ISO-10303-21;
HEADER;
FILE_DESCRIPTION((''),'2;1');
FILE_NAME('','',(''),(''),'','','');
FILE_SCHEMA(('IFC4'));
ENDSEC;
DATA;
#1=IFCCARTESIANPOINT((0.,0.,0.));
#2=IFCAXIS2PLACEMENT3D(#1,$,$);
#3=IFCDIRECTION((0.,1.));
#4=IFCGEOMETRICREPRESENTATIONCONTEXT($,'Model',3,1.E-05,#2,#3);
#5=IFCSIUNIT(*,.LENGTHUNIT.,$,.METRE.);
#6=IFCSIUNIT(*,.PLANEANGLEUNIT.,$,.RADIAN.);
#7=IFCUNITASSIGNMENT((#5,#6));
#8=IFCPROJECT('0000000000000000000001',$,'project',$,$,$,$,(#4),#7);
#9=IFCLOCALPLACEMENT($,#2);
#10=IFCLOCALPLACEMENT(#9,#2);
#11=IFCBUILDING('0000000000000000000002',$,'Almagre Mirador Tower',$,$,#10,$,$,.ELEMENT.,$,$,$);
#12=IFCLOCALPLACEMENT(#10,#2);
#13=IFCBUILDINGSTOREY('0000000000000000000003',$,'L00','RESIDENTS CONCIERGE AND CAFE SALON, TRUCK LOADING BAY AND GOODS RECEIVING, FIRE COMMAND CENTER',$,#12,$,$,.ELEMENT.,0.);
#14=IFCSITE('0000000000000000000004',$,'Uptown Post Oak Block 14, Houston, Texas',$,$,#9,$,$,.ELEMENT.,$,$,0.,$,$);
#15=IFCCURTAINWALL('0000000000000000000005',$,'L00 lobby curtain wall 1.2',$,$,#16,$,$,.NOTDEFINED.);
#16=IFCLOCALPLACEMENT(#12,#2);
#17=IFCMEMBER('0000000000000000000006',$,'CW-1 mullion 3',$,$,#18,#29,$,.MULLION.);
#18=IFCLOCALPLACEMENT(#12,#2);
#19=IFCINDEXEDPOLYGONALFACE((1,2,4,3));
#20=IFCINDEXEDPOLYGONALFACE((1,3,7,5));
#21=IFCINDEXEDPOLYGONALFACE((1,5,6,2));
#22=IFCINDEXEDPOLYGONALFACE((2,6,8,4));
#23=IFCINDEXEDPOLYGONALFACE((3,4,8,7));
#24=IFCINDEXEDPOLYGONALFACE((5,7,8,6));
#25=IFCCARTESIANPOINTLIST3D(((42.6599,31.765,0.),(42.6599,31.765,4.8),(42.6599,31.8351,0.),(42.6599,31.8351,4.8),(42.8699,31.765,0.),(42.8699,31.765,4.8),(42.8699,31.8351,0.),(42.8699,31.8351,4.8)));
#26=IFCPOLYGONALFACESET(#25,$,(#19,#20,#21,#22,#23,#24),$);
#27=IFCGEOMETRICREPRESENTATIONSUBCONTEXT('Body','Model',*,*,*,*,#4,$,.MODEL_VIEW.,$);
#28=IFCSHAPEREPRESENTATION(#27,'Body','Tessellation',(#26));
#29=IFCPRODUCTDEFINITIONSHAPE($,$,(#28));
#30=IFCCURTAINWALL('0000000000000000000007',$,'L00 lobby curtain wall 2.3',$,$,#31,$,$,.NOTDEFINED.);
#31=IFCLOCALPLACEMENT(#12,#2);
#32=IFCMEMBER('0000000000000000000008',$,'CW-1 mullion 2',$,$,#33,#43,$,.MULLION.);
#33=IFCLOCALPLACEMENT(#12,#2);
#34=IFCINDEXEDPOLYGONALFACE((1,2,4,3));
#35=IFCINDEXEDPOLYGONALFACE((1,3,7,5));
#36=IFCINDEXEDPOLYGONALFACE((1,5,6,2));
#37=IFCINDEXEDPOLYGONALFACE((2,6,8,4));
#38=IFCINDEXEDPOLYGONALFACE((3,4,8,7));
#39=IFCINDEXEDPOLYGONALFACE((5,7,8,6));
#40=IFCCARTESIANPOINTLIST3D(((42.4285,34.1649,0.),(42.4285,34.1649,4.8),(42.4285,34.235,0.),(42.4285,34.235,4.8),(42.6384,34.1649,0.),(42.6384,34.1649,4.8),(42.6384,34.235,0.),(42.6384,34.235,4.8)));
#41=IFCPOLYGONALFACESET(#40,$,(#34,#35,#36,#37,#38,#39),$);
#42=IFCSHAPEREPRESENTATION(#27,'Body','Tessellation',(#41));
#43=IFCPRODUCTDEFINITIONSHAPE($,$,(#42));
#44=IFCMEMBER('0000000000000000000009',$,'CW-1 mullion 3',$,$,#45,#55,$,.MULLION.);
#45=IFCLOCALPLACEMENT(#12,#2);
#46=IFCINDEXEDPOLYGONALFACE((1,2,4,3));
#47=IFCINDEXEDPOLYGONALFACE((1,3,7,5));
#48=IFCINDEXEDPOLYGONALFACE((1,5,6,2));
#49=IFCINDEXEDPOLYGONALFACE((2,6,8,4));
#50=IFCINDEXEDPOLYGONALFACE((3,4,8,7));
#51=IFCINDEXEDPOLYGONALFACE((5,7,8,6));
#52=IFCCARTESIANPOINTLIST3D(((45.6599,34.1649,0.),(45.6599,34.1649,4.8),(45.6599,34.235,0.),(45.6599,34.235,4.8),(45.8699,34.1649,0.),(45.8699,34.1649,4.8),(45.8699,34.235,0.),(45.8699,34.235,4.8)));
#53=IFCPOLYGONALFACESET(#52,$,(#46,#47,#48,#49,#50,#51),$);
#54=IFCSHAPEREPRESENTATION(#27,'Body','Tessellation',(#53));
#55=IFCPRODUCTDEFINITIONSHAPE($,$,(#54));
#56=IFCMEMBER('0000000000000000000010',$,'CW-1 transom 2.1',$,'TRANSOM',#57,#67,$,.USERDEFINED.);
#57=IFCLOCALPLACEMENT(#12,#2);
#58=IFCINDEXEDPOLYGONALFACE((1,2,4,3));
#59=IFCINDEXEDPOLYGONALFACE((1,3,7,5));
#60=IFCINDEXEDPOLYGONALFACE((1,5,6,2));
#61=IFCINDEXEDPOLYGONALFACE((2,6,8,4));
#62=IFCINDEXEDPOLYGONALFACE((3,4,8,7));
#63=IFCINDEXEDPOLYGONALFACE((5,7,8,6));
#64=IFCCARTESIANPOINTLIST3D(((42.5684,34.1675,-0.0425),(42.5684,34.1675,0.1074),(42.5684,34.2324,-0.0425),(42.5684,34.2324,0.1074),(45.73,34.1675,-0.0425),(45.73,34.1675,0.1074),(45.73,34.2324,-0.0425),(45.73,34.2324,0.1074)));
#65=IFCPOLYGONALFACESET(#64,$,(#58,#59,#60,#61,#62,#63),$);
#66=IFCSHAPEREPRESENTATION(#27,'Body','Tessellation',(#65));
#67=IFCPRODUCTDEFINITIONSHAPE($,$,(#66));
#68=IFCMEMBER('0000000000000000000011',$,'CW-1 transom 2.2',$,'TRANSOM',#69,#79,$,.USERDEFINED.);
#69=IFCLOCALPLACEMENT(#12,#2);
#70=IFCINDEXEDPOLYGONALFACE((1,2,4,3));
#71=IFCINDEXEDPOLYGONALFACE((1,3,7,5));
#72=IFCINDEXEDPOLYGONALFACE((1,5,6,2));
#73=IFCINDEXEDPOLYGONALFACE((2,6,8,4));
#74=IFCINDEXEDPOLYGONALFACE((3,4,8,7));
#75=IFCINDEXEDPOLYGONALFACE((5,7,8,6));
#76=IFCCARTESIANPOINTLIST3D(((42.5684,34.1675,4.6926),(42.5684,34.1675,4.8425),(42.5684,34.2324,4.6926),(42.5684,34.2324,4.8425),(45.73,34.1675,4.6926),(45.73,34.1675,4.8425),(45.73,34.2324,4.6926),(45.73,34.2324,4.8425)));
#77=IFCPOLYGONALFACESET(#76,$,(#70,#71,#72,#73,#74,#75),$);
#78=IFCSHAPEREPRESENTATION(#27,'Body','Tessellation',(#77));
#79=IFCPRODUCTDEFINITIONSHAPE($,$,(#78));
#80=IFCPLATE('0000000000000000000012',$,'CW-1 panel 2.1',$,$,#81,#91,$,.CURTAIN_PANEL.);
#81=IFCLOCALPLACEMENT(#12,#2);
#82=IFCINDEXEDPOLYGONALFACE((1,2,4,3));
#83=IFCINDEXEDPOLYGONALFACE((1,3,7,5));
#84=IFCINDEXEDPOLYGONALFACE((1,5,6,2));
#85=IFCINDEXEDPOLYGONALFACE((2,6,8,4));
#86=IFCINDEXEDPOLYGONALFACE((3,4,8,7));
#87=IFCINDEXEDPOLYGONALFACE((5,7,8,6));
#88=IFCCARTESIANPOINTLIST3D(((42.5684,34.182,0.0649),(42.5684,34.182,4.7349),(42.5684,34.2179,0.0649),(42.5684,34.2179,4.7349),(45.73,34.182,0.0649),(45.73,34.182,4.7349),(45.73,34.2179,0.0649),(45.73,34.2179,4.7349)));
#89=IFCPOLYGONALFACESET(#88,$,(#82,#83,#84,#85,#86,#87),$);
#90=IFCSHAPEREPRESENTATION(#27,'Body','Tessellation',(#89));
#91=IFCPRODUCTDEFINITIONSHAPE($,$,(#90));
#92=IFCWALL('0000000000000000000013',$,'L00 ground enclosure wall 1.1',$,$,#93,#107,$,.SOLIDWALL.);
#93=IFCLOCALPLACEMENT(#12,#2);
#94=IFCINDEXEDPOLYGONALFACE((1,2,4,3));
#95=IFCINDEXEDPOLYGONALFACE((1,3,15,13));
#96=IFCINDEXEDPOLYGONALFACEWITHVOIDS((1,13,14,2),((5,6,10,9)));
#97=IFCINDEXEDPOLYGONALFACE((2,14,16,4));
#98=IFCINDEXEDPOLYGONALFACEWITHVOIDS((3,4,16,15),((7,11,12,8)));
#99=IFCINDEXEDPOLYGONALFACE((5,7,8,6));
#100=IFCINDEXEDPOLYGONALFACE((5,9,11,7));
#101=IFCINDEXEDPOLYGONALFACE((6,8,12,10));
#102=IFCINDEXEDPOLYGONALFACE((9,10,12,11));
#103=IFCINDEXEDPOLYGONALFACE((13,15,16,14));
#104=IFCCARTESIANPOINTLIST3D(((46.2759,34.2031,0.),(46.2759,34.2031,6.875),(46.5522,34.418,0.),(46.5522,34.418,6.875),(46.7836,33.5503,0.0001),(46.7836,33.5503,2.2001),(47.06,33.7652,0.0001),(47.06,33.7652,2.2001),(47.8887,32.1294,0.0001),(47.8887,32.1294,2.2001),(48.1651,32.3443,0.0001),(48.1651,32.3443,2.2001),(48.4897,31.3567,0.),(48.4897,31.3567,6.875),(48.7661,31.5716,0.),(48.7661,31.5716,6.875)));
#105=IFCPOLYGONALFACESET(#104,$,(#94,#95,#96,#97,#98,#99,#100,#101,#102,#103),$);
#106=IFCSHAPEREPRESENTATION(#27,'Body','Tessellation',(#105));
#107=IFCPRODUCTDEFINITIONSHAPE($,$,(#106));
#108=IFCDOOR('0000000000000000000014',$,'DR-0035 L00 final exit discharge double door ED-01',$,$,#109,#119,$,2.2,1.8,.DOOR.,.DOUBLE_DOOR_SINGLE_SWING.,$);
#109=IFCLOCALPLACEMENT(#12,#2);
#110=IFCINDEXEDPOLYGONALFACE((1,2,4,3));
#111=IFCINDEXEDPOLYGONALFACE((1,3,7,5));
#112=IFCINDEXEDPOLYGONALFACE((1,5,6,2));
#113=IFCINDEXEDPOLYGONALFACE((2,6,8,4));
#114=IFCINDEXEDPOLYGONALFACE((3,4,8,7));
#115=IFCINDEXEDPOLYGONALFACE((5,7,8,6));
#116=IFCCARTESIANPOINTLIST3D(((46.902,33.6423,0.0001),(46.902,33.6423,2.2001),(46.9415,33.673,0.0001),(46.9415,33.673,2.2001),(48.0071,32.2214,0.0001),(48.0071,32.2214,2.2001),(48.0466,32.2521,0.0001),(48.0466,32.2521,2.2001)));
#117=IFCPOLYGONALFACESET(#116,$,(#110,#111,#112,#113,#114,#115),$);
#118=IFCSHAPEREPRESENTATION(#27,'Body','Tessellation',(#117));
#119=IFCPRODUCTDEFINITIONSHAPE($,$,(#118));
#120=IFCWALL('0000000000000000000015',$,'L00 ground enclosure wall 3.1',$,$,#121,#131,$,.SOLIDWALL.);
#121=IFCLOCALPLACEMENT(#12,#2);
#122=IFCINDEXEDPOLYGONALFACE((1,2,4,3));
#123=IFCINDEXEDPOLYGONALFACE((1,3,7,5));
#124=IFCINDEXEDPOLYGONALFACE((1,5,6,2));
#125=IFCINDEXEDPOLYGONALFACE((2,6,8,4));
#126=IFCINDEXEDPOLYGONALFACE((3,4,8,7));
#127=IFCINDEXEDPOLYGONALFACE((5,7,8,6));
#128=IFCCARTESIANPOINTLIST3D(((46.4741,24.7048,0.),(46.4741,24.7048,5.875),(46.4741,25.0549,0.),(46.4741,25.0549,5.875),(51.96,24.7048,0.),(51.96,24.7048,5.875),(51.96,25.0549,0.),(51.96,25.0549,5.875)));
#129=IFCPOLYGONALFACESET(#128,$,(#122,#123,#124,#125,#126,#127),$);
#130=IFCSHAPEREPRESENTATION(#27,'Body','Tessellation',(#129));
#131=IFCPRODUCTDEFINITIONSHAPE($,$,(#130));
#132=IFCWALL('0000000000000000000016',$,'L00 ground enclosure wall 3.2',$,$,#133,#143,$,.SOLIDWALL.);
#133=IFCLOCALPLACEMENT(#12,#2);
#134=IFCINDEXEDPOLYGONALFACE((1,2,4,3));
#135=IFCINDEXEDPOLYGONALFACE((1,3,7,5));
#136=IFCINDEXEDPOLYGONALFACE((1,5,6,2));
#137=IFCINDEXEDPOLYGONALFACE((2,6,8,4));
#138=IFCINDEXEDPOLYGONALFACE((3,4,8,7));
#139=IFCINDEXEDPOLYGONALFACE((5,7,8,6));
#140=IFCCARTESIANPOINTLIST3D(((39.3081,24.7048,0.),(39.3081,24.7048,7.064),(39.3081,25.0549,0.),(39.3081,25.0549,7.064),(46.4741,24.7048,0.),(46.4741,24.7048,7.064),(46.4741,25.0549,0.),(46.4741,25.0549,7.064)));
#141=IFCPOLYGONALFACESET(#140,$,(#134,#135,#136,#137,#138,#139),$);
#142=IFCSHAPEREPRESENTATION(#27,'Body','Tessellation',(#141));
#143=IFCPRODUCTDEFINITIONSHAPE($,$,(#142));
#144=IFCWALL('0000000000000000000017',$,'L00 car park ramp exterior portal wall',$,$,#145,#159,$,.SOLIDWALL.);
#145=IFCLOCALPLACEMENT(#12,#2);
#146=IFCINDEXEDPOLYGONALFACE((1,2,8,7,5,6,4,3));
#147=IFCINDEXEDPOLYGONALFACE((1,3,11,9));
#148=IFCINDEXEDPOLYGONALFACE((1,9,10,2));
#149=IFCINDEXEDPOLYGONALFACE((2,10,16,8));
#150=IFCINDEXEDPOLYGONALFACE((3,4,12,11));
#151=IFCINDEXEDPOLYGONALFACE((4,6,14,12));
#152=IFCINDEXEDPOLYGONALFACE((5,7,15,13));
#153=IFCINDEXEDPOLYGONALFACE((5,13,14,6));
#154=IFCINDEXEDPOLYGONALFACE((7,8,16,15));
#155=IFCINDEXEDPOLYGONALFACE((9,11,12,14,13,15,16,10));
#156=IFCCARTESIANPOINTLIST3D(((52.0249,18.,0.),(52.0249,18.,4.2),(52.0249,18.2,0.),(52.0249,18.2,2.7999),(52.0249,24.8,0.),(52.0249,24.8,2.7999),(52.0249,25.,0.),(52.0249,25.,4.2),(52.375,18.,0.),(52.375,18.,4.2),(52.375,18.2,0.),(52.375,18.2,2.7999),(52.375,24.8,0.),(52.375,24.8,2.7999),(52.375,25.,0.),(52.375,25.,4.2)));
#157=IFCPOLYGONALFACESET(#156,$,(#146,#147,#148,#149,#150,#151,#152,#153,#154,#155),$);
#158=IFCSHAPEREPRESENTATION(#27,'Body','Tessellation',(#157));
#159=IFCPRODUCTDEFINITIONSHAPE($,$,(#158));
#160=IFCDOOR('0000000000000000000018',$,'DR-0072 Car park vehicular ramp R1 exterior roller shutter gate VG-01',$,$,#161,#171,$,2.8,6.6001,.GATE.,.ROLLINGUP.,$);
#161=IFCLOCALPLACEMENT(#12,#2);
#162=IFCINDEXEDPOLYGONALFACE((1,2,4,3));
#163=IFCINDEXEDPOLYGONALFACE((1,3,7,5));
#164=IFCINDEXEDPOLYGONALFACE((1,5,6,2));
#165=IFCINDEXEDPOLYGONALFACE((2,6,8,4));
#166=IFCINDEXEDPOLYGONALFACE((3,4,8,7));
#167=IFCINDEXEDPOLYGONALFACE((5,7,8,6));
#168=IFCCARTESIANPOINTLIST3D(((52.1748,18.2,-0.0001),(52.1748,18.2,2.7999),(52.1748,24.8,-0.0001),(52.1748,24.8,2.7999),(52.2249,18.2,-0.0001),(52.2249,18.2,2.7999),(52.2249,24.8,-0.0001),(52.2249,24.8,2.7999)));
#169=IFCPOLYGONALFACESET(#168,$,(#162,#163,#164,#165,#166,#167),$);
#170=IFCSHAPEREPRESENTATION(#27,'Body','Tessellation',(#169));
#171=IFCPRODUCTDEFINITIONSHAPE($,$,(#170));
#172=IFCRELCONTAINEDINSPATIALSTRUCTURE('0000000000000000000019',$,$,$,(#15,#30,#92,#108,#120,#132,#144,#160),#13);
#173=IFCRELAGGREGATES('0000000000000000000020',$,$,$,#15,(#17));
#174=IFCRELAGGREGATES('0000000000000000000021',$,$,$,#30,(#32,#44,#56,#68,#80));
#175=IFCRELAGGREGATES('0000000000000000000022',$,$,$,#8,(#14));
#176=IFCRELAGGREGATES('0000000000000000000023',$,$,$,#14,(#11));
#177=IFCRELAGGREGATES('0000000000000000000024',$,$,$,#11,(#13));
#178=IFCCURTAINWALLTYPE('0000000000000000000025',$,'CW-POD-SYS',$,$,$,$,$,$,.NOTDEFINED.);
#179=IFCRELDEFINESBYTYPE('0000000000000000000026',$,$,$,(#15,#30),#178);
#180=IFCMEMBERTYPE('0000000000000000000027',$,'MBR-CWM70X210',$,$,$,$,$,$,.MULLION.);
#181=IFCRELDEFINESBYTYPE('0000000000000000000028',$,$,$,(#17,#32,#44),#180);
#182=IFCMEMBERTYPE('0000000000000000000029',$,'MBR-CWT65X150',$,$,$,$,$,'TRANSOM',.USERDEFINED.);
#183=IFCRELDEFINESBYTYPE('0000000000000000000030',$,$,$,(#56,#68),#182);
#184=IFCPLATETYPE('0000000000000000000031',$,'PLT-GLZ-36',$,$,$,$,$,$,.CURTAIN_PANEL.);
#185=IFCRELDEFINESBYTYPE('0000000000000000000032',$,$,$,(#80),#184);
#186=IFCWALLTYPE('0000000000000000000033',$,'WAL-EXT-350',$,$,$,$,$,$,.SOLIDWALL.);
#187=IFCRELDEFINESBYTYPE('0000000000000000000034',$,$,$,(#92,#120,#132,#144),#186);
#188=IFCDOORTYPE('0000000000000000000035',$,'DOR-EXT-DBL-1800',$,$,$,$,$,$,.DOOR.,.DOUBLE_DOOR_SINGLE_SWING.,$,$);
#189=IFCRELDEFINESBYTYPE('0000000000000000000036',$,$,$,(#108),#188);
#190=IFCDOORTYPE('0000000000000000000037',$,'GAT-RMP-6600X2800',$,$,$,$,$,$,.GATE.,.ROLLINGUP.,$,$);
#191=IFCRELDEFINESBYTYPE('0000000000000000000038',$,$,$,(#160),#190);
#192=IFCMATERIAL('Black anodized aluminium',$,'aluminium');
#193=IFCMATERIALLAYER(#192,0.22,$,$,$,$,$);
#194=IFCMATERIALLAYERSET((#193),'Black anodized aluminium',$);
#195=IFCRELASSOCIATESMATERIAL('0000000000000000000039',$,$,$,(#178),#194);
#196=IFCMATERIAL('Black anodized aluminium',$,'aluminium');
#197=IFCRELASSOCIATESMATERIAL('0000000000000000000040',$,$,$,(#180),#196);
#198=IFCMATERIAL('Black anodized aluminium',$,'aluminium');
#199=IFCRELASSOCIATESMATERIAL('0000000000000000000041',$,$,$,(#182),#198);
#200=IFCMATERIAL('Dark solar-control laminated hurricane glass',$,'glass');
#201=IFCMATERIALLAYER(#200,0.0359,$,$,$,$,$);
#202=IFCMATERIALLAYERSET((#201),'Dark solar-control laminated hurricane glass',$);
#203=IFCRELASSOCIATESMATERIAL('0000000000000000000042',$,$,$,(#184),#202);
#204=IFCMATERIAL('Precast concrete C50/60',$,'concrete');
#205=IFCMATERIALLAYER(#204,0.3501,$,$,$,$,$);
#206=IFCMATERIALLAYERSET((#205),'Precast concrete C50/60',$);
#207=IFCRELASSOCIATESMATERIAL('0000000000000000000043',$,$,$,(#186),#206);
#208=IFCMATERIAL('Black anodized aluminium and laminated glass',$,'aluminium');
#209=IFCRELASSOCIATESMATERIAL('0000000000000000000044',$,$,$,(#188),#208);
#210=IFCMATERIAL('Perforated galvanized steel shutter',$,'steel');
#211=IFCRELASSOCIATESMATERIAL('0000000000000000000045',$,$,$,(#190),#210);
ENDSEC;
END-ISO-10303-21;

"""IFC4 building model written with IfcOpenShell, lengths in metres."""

from ifc_helpers import new_model, si_unit, direction, frame, frame_2d, origin, origin_2d, place, context, subcontext, project, spatial, rectangle, extrude, material, layer, layer_set, material_profile, profile_set, type_object, element, fill, aggregate, save


model = new_model("IFC4")

# Units and contexts
model_context = context("Model", 3, precision=1e-05, world=origin(), true_north=direction((0.0, 1.0)))
body_context = subcontext(model_context, "Body", "Model", "MODEL_VIEW")
ifc_project = project(units=[si_unit("LENGTHUNIT", "METRE"), si_unit("PLANEANGLEUNIT", "RADIAN")], contexts=[model_context])

# Site, building, storey
site_placement = place(None, origin())
site = spatial("IfcSite", under=ifc_project, at=site_placement, Name="Uptown Post Oak Block 14, Houston, Texas", CompositionType="ELEMENT", RefElevation=0.0)
building_placement = place(site_placement, origin())
building = spatial("IfcBuilding", under=site, at=building_placement, Name="Almagre Mirador Tower", CompositionType="ELEMENT")
storey_placement = place(building_placement, origin())
storey = spatial("IfcBuildingStorey", under=building, at=storey_placement, Name="L00", Description="RESIDENTS CONCIERGE AND CAFE SALON, TRUCK LOADING BAY AND GOODS RECEIVING, FIRE COMMAND CENTER", CompositionType="ELEMENT", Elevation=0.0)

# Curtain wall, member
ifc_material_1 = material(Name="Black anodized aluminium", Category="aluminium")
ifc_layer_1 = layer(ifc_material_1, 0.22)
ifc_layer_set_1 = layer_set([ifc_layer_1], Name="Black anodized aluminium")
curtain_wall_type = type_object("IfcCurtainWallType", Name="CW-POD-SYS", PredefinedType="NOTDEFINED", material=ifc_layer_set_1)
curtain_wall_1_placement = place(storey_placement, origin())
curtain_wall_1 = element("IfcCurtainWall", 1, at=curtain_wall_1_placement, inside=storey, type_object=curtain_wall_type, Name="L00 lobby curtain wall 1.2", PredefinedType="NOTDEFINED")
ifc_material_2 = material(Name="Black anodized aluminium", Category="aluminium")
ifc_material_profile_1 = material_profile(ifc_material_2, rectangle(XDim=0.0701, YDim=0.21, at=origin_2d()), Name="CWM70X210")
ifc_profile_set_1 = profile_set([ifc_material_profile_1], Name="Black anodized aluminium")
member_type_1 = type_object("IfcMemberType", Name="MBR-CWM70X210", PredefinedType="MULLION", material=ifc_profile_set_1)
member_1_placement = place(storey_placement, frame((42.7649, 31.8, 0.0), z_axis=(0.0, 0.0, 1.0), x_axis=(0.0, 1.0, 0.0)))
member_1 = element("IfcMember", 2, at=member_1_placement, type_object=member_type_1, Name="CW-1 mullion 3", PredefinedType="MULLION", context=body_context, shape_type="SweptSolid", body=[
    extrude(rectangle(XDim=0.0701, YDim=0.21, at=origin_2d()), origin(), (0.0, 0.0, 1.0), 4.8),
])
aggregate(curtain_wall_1, [member_1])

# Curtain wall, members, plate
curtain_wall_2_placement = place(storey_placement, origin())
curtain_wall_2 = element("IfcCurtainWall", 3, at=curtain_wall_2_placement, inside=storey, type_object=curtain_wall_type, Name="L00 lobby curtain wall 2.3", PredefinedType="NOTDEFINED")
member_2_placement = place(storey_placement, frame((42.5334, 34.2, 0.0), z_axis=(0.0, 0.0, 1.0), x_axis=(0.0, 1.0, 0.0)))
member_2 = element("IfcMember", 4, at=member_2_placement, type_object=member_type_1, Name="CW-1 mullion 2", PredefinedType="MULLION", context=body_context, shape_type="SweptSolid", body=[
    extrude(rectangle(XDim=0.0701, YDim=0.21, at=origin_2d()), origin(), (0.0, 0.0, 1.0), 4.8),
])
member_3_placement = place(storey_placement, frame((45.7649, 34.2, 0.0), z_axis=(0.0, 0.0, 1.0), x_axis=(0.0, 1.0, 0.0)))
member_3 = element("IfcMember", 5, at=member_3_placement, type_object=member_type_1, Name="CW-1 mullion 3", PredefinedType="MULLION", context=body_context, shape_type="SweptSolid", body=[
    extrude(rectangle(XDim=0.0701, YDim=0.21, at=origin_2d()), origin(), (0.0, 0.0, 1.0), 4.8),
])
ifc_material_3 = material(Name="Black anodized aluminium", Category="aluminium")
ifc_material_profile_2 = material_profile(ifc_material_3, rectangle(XDim=0.0649, YDim=0.1499, at=origin_2d()), Name="CWT65X150")
ifc_profile_set_2 = profile_set([ifc_material_profile_2], Name="Black anodized aluminium")
member_type_2 = type_object("IfcMemberType", Name="MBR-CWT65X150", ElementType="TRANSOM", PredefinedType="USERDEFINED", material=ifc_profile_set_2)
member_4_placement = place(storey_placement, frame((42.5684, 34.2, 0.0325), z_axis=(1.0, 0.0, 0.0), x_axis=(0.0, 1.0, 0.0)))
member_4 = element("IfcMember", 6, at=member_4_placement, type_object=member_type_2, Name="CW-1 transom 2.1", ObjectType="TRANSOM", PredefinedType="USERDEFINED", context=body_context, shape_type="SweptSolid", body=[
    extrude(rectangle(XDim=0.0649, YDim=0.1499, at=origin_2d()), origin(), (0.0, 0.0, 1.0), 3.1616),
])
member_5_placement = place(storey_placement, frame((42.5684, 34.2, 4.7676), z_axis=(1.0, 0.0, 0.0), x_axis=(0.0, 1.0, 0.0)))
member_5 = element("IfcMember", 7, at=member_5_placement, type_object=member_type_2, Name="CW-1 transom 2.2", ObjectType="TRANSOM", PredefinedType="USERDEFINED", context=body_context, shape_type="SweptSolid", body=[
    extrude(rectangle(XDim=0.0649, YDim=0.1499, at=origin_2d()), origin(), (0.0, 0.0, 1.0), 3.1616),
])
ifc_material_4 = material(Name="Dark solar-control laminated hurricane glass", Category="glass")
ifc_layer_2 = layer(ifc_material_4, 0.0359)
ifc_layer_set_2 = layer_set([ifc_layer_2], Name="Dark solar-control laminated hurricane glass")
plate_type = type_object("IfcPlateType", Name="PLT-GLZ-36", PredefinedType="CURTAIN_PANEL", material=ifc_layer_set_2)
plate_placement = place(storey_placement, frame((44.1492, 34.2, 0.0649), z_axis=(0.0, 0.0, 1.0), x_axis=(1.0, 0.0, 0.0)))
plate = element("IfcPlate", 8, at=plate_placement, type_object=plate_type, Name="CW-1 panel 2.1", PredefinedType="CURTAIN_PANEL", context=body_context, shape_type="SweptSolid", body=[
    extrude(rectangle(XDim=3.1616, YDim=0.0359, at=origin_2d()), origin(), (0.0, 0.0, 1.0), 4.6699),
])
aggregate(curtain_wall_2, [member_2, member_3, member_4, member_5, plate])

# Wall, opening, door
ifc_material_5 = material(Name="Precast concrete C50/60", Category="concrete")
ifc_layer_3 = layer(ifc_material_5, 0.3501)
ifc_layer_set_3 = layer_set([ifc_layer_3], Name="Precast concrete C50/60")
wall_type_1 = type_object("IfcWallType", Name="WAL-EXT-350", PredefinedType="SOLIDWALL", material=ifc_layer_set_3)
wall_1_placement = place(storey_placement, frame((46.4141, 34.3105, 0.0), z_axis=(0.0, 0.0, 1.0), x_axis=(0.613936, -0.789356, 0.0)))
wall_1 = element("IfcWall", 9, at=wall_1_placement, inside=storey, type_object=wall_type_1, Name="L00 ground enclosure wall 1.1", PredefinedType="SOLIDWALL", context=body_context, shape_type="SweptSolid", body=[
    extrude(rectangle(XDim=3.606, YDim=0.3501, at=frame_2d((1.803, 0.0))), origin(), (0.0, 0.0, 1.0), 6.875),
])
opening_1_placement = place(wall_1_placement, frame((0.8271, 0.0, 0.0)))
opening_1 = element("IfcOpeningElement", 10, at=opening_1_placement, cuts=wall_1, PredefinedType="OPENING", context=body_context, shape_type="SweptSolid", body=[
    extrude(rectangle(XDim=1.8, YDim=2.2, at=frame_2d((0.8999, 1.1001))), frame((0.0, 0.185, 0.0), z_axis=(0.0, -1.0, 0.0), x_axis=(1.0, 0.0, 0.0)), (0.0, 0.0, 1.0), 0.3701),
])
ifc_material_6 = material(Name="Black anodized aluminium and laminated glass", Category="aluminium")
door_type_1 = type_object("IfcDoorType", Name="DOR-EXT-DBL-1800", OperationType="DOUBLE_DOOR_SINGLE_SWING", PredefinedType="DOOR", material=ifc_material_6)
door_1_placement = place(opening_1_placement, origin())
door_1 = element("IfcDoor", 11, at=door_1_placement, inside=storey, type_object=door_type_1, Name="DR-0035 L00 final exit discharge double door ED-01", OperationType="DOUBLE_DOOR_SINGLE_SWING", OverallHeight=2.2, OverallWidth=1.8, PredefinedType="DOOR", context=body_context, shape_type="SweptSolid", body=[
    extrude(rectangle(XDim=1.8, YDim=2.2, at=frame_2d((0.8999, 1.1001))), frame((0.0, 0.0249, 0.0), z_axis=(0.0, -1.0, 0.0), x_axis=(1.0, 0.0, 0.0)), (0.0, 0.0, 1.0), 0.05),
])
fill(opening_1, door_1)

# Walls
wall_2_placement = place(storey_placement, frame((51.96, 24.8799, 0.0), z_axis=(0.0, 0.0, 1.0), x_axis=(-1.0, 0.0, 0.0)))
element("IfcWall", 12, at=wall_2_placement, inside=storey, type_object=wall_type_1, Name="L00 ground enclosure wall 3.1", PredefinedType="SOLIDWALL", context=body_context, shape_type="SweptSolid", body=[
    extrude(rectangle(XDim=5.4858, YDim=0.3501, at=frame_2d((2.7429, 0.0))), origin(), (0.0, 0.0, 1.0), 5.875),
])
wall_3_placement = place(storey_placement, frame((46.4741, 24.8799, 0.0), z_axis=(0.0, 0.0, 1.0), x_axis=(-1.0, 0.0, 0.0)))
element("IfcWall", 13, at=wall_3_placement, inside=storey, type_object=wall_type_1, Name="L00 ground enclosure wall 3.2", PredefinedType="SOLIDWALL", context=body_context, shape_type="SweptSolid", body=[
    extrude(rectangle(XDim=7.166, YDim=0.3501, at=frame_2d((3.583, 0.0))), origin(), (0.0, 0.0, 1.0), 7.064),
])

# Wall, opening, door
wall_4_placement = place(storey_placement, frame((52.2, 25.0, 0.0), z_axis=(0.0, 0.0, 1.0), x_axis=(0.0, -1.0, 0.0)))
wall_4 = element("IfcWall", 14, at=wall_4_placement, inside=storey, type_object=wall_type_1, Name="L00 car park ramp exterior portal wall", PredefinedType="SOLIDWALL", context=body_context, shape_type="SweptSolid", body=[
    extrude(rectangle(XDim=7.0, YDim=0.3501, at=frame_2d((3.5, 0.0))), origin(), (0.0, 0.0, 1.0), 4.2),
])
opening_2_placement = place(wall_4_placement, frame((0.2, 0.0, 0.0)))
opening_2 = element("IfcOpeningElement", 15, at=opening_2_placement, cuts=wall_4, PredefinedType="OPENING", context=body_context, shape_type="SweptSolid", body=[
    extrude(rectangle(XDim=6.6001, YDim=2.8, at=frame_2d((3.3, 1.3999))), frame((0.0, 0.185, 0.0), z_axis=(0.0, -1.0, 0.0), x_axis=(1.0, 0.0, 0.0)), (0.0, 0.0, 1.0), 0.3701),
])
ifc_material_7 = material(Name="Perforated galvanized steel shutter", Category="steel")
door_type_2 = type_object("IfcDoorType", Name="GAT-RMP-6600X2800", OperationType="ROLLINGUP", PredefinedType="GATE", material=ifc_material_7)
door_2_placement = place(opening_2_placement, origin())
door_2 = element("IfcDoor", 16, at=door_2_placement, inside=storey, type_object=door_type_2, Name="DR-0072 Car park vehicular ramp R1 exterior roller shutter gate VG-01", OperationType="ROLLINGUP", OverallHeight=2.8, OverallWidth=6.6001, PredefinedType="GATE", context=body_context, shape_type="SweptSolid", body=[
    extrude(rectangle(XDim=6.6001, YDim=2.8, at=frame_2d((3.3, 1.3999))), frame((0.0, 0.0249, 0.0), z_axis=(0.0, -1.0, 0.0), x_axis=(1.0, 0.0, 0.0)), (0.0, 0.0, 1.0), 0.05),
])
fill(opening_2, door_2)

save(model, "model.ifc")
